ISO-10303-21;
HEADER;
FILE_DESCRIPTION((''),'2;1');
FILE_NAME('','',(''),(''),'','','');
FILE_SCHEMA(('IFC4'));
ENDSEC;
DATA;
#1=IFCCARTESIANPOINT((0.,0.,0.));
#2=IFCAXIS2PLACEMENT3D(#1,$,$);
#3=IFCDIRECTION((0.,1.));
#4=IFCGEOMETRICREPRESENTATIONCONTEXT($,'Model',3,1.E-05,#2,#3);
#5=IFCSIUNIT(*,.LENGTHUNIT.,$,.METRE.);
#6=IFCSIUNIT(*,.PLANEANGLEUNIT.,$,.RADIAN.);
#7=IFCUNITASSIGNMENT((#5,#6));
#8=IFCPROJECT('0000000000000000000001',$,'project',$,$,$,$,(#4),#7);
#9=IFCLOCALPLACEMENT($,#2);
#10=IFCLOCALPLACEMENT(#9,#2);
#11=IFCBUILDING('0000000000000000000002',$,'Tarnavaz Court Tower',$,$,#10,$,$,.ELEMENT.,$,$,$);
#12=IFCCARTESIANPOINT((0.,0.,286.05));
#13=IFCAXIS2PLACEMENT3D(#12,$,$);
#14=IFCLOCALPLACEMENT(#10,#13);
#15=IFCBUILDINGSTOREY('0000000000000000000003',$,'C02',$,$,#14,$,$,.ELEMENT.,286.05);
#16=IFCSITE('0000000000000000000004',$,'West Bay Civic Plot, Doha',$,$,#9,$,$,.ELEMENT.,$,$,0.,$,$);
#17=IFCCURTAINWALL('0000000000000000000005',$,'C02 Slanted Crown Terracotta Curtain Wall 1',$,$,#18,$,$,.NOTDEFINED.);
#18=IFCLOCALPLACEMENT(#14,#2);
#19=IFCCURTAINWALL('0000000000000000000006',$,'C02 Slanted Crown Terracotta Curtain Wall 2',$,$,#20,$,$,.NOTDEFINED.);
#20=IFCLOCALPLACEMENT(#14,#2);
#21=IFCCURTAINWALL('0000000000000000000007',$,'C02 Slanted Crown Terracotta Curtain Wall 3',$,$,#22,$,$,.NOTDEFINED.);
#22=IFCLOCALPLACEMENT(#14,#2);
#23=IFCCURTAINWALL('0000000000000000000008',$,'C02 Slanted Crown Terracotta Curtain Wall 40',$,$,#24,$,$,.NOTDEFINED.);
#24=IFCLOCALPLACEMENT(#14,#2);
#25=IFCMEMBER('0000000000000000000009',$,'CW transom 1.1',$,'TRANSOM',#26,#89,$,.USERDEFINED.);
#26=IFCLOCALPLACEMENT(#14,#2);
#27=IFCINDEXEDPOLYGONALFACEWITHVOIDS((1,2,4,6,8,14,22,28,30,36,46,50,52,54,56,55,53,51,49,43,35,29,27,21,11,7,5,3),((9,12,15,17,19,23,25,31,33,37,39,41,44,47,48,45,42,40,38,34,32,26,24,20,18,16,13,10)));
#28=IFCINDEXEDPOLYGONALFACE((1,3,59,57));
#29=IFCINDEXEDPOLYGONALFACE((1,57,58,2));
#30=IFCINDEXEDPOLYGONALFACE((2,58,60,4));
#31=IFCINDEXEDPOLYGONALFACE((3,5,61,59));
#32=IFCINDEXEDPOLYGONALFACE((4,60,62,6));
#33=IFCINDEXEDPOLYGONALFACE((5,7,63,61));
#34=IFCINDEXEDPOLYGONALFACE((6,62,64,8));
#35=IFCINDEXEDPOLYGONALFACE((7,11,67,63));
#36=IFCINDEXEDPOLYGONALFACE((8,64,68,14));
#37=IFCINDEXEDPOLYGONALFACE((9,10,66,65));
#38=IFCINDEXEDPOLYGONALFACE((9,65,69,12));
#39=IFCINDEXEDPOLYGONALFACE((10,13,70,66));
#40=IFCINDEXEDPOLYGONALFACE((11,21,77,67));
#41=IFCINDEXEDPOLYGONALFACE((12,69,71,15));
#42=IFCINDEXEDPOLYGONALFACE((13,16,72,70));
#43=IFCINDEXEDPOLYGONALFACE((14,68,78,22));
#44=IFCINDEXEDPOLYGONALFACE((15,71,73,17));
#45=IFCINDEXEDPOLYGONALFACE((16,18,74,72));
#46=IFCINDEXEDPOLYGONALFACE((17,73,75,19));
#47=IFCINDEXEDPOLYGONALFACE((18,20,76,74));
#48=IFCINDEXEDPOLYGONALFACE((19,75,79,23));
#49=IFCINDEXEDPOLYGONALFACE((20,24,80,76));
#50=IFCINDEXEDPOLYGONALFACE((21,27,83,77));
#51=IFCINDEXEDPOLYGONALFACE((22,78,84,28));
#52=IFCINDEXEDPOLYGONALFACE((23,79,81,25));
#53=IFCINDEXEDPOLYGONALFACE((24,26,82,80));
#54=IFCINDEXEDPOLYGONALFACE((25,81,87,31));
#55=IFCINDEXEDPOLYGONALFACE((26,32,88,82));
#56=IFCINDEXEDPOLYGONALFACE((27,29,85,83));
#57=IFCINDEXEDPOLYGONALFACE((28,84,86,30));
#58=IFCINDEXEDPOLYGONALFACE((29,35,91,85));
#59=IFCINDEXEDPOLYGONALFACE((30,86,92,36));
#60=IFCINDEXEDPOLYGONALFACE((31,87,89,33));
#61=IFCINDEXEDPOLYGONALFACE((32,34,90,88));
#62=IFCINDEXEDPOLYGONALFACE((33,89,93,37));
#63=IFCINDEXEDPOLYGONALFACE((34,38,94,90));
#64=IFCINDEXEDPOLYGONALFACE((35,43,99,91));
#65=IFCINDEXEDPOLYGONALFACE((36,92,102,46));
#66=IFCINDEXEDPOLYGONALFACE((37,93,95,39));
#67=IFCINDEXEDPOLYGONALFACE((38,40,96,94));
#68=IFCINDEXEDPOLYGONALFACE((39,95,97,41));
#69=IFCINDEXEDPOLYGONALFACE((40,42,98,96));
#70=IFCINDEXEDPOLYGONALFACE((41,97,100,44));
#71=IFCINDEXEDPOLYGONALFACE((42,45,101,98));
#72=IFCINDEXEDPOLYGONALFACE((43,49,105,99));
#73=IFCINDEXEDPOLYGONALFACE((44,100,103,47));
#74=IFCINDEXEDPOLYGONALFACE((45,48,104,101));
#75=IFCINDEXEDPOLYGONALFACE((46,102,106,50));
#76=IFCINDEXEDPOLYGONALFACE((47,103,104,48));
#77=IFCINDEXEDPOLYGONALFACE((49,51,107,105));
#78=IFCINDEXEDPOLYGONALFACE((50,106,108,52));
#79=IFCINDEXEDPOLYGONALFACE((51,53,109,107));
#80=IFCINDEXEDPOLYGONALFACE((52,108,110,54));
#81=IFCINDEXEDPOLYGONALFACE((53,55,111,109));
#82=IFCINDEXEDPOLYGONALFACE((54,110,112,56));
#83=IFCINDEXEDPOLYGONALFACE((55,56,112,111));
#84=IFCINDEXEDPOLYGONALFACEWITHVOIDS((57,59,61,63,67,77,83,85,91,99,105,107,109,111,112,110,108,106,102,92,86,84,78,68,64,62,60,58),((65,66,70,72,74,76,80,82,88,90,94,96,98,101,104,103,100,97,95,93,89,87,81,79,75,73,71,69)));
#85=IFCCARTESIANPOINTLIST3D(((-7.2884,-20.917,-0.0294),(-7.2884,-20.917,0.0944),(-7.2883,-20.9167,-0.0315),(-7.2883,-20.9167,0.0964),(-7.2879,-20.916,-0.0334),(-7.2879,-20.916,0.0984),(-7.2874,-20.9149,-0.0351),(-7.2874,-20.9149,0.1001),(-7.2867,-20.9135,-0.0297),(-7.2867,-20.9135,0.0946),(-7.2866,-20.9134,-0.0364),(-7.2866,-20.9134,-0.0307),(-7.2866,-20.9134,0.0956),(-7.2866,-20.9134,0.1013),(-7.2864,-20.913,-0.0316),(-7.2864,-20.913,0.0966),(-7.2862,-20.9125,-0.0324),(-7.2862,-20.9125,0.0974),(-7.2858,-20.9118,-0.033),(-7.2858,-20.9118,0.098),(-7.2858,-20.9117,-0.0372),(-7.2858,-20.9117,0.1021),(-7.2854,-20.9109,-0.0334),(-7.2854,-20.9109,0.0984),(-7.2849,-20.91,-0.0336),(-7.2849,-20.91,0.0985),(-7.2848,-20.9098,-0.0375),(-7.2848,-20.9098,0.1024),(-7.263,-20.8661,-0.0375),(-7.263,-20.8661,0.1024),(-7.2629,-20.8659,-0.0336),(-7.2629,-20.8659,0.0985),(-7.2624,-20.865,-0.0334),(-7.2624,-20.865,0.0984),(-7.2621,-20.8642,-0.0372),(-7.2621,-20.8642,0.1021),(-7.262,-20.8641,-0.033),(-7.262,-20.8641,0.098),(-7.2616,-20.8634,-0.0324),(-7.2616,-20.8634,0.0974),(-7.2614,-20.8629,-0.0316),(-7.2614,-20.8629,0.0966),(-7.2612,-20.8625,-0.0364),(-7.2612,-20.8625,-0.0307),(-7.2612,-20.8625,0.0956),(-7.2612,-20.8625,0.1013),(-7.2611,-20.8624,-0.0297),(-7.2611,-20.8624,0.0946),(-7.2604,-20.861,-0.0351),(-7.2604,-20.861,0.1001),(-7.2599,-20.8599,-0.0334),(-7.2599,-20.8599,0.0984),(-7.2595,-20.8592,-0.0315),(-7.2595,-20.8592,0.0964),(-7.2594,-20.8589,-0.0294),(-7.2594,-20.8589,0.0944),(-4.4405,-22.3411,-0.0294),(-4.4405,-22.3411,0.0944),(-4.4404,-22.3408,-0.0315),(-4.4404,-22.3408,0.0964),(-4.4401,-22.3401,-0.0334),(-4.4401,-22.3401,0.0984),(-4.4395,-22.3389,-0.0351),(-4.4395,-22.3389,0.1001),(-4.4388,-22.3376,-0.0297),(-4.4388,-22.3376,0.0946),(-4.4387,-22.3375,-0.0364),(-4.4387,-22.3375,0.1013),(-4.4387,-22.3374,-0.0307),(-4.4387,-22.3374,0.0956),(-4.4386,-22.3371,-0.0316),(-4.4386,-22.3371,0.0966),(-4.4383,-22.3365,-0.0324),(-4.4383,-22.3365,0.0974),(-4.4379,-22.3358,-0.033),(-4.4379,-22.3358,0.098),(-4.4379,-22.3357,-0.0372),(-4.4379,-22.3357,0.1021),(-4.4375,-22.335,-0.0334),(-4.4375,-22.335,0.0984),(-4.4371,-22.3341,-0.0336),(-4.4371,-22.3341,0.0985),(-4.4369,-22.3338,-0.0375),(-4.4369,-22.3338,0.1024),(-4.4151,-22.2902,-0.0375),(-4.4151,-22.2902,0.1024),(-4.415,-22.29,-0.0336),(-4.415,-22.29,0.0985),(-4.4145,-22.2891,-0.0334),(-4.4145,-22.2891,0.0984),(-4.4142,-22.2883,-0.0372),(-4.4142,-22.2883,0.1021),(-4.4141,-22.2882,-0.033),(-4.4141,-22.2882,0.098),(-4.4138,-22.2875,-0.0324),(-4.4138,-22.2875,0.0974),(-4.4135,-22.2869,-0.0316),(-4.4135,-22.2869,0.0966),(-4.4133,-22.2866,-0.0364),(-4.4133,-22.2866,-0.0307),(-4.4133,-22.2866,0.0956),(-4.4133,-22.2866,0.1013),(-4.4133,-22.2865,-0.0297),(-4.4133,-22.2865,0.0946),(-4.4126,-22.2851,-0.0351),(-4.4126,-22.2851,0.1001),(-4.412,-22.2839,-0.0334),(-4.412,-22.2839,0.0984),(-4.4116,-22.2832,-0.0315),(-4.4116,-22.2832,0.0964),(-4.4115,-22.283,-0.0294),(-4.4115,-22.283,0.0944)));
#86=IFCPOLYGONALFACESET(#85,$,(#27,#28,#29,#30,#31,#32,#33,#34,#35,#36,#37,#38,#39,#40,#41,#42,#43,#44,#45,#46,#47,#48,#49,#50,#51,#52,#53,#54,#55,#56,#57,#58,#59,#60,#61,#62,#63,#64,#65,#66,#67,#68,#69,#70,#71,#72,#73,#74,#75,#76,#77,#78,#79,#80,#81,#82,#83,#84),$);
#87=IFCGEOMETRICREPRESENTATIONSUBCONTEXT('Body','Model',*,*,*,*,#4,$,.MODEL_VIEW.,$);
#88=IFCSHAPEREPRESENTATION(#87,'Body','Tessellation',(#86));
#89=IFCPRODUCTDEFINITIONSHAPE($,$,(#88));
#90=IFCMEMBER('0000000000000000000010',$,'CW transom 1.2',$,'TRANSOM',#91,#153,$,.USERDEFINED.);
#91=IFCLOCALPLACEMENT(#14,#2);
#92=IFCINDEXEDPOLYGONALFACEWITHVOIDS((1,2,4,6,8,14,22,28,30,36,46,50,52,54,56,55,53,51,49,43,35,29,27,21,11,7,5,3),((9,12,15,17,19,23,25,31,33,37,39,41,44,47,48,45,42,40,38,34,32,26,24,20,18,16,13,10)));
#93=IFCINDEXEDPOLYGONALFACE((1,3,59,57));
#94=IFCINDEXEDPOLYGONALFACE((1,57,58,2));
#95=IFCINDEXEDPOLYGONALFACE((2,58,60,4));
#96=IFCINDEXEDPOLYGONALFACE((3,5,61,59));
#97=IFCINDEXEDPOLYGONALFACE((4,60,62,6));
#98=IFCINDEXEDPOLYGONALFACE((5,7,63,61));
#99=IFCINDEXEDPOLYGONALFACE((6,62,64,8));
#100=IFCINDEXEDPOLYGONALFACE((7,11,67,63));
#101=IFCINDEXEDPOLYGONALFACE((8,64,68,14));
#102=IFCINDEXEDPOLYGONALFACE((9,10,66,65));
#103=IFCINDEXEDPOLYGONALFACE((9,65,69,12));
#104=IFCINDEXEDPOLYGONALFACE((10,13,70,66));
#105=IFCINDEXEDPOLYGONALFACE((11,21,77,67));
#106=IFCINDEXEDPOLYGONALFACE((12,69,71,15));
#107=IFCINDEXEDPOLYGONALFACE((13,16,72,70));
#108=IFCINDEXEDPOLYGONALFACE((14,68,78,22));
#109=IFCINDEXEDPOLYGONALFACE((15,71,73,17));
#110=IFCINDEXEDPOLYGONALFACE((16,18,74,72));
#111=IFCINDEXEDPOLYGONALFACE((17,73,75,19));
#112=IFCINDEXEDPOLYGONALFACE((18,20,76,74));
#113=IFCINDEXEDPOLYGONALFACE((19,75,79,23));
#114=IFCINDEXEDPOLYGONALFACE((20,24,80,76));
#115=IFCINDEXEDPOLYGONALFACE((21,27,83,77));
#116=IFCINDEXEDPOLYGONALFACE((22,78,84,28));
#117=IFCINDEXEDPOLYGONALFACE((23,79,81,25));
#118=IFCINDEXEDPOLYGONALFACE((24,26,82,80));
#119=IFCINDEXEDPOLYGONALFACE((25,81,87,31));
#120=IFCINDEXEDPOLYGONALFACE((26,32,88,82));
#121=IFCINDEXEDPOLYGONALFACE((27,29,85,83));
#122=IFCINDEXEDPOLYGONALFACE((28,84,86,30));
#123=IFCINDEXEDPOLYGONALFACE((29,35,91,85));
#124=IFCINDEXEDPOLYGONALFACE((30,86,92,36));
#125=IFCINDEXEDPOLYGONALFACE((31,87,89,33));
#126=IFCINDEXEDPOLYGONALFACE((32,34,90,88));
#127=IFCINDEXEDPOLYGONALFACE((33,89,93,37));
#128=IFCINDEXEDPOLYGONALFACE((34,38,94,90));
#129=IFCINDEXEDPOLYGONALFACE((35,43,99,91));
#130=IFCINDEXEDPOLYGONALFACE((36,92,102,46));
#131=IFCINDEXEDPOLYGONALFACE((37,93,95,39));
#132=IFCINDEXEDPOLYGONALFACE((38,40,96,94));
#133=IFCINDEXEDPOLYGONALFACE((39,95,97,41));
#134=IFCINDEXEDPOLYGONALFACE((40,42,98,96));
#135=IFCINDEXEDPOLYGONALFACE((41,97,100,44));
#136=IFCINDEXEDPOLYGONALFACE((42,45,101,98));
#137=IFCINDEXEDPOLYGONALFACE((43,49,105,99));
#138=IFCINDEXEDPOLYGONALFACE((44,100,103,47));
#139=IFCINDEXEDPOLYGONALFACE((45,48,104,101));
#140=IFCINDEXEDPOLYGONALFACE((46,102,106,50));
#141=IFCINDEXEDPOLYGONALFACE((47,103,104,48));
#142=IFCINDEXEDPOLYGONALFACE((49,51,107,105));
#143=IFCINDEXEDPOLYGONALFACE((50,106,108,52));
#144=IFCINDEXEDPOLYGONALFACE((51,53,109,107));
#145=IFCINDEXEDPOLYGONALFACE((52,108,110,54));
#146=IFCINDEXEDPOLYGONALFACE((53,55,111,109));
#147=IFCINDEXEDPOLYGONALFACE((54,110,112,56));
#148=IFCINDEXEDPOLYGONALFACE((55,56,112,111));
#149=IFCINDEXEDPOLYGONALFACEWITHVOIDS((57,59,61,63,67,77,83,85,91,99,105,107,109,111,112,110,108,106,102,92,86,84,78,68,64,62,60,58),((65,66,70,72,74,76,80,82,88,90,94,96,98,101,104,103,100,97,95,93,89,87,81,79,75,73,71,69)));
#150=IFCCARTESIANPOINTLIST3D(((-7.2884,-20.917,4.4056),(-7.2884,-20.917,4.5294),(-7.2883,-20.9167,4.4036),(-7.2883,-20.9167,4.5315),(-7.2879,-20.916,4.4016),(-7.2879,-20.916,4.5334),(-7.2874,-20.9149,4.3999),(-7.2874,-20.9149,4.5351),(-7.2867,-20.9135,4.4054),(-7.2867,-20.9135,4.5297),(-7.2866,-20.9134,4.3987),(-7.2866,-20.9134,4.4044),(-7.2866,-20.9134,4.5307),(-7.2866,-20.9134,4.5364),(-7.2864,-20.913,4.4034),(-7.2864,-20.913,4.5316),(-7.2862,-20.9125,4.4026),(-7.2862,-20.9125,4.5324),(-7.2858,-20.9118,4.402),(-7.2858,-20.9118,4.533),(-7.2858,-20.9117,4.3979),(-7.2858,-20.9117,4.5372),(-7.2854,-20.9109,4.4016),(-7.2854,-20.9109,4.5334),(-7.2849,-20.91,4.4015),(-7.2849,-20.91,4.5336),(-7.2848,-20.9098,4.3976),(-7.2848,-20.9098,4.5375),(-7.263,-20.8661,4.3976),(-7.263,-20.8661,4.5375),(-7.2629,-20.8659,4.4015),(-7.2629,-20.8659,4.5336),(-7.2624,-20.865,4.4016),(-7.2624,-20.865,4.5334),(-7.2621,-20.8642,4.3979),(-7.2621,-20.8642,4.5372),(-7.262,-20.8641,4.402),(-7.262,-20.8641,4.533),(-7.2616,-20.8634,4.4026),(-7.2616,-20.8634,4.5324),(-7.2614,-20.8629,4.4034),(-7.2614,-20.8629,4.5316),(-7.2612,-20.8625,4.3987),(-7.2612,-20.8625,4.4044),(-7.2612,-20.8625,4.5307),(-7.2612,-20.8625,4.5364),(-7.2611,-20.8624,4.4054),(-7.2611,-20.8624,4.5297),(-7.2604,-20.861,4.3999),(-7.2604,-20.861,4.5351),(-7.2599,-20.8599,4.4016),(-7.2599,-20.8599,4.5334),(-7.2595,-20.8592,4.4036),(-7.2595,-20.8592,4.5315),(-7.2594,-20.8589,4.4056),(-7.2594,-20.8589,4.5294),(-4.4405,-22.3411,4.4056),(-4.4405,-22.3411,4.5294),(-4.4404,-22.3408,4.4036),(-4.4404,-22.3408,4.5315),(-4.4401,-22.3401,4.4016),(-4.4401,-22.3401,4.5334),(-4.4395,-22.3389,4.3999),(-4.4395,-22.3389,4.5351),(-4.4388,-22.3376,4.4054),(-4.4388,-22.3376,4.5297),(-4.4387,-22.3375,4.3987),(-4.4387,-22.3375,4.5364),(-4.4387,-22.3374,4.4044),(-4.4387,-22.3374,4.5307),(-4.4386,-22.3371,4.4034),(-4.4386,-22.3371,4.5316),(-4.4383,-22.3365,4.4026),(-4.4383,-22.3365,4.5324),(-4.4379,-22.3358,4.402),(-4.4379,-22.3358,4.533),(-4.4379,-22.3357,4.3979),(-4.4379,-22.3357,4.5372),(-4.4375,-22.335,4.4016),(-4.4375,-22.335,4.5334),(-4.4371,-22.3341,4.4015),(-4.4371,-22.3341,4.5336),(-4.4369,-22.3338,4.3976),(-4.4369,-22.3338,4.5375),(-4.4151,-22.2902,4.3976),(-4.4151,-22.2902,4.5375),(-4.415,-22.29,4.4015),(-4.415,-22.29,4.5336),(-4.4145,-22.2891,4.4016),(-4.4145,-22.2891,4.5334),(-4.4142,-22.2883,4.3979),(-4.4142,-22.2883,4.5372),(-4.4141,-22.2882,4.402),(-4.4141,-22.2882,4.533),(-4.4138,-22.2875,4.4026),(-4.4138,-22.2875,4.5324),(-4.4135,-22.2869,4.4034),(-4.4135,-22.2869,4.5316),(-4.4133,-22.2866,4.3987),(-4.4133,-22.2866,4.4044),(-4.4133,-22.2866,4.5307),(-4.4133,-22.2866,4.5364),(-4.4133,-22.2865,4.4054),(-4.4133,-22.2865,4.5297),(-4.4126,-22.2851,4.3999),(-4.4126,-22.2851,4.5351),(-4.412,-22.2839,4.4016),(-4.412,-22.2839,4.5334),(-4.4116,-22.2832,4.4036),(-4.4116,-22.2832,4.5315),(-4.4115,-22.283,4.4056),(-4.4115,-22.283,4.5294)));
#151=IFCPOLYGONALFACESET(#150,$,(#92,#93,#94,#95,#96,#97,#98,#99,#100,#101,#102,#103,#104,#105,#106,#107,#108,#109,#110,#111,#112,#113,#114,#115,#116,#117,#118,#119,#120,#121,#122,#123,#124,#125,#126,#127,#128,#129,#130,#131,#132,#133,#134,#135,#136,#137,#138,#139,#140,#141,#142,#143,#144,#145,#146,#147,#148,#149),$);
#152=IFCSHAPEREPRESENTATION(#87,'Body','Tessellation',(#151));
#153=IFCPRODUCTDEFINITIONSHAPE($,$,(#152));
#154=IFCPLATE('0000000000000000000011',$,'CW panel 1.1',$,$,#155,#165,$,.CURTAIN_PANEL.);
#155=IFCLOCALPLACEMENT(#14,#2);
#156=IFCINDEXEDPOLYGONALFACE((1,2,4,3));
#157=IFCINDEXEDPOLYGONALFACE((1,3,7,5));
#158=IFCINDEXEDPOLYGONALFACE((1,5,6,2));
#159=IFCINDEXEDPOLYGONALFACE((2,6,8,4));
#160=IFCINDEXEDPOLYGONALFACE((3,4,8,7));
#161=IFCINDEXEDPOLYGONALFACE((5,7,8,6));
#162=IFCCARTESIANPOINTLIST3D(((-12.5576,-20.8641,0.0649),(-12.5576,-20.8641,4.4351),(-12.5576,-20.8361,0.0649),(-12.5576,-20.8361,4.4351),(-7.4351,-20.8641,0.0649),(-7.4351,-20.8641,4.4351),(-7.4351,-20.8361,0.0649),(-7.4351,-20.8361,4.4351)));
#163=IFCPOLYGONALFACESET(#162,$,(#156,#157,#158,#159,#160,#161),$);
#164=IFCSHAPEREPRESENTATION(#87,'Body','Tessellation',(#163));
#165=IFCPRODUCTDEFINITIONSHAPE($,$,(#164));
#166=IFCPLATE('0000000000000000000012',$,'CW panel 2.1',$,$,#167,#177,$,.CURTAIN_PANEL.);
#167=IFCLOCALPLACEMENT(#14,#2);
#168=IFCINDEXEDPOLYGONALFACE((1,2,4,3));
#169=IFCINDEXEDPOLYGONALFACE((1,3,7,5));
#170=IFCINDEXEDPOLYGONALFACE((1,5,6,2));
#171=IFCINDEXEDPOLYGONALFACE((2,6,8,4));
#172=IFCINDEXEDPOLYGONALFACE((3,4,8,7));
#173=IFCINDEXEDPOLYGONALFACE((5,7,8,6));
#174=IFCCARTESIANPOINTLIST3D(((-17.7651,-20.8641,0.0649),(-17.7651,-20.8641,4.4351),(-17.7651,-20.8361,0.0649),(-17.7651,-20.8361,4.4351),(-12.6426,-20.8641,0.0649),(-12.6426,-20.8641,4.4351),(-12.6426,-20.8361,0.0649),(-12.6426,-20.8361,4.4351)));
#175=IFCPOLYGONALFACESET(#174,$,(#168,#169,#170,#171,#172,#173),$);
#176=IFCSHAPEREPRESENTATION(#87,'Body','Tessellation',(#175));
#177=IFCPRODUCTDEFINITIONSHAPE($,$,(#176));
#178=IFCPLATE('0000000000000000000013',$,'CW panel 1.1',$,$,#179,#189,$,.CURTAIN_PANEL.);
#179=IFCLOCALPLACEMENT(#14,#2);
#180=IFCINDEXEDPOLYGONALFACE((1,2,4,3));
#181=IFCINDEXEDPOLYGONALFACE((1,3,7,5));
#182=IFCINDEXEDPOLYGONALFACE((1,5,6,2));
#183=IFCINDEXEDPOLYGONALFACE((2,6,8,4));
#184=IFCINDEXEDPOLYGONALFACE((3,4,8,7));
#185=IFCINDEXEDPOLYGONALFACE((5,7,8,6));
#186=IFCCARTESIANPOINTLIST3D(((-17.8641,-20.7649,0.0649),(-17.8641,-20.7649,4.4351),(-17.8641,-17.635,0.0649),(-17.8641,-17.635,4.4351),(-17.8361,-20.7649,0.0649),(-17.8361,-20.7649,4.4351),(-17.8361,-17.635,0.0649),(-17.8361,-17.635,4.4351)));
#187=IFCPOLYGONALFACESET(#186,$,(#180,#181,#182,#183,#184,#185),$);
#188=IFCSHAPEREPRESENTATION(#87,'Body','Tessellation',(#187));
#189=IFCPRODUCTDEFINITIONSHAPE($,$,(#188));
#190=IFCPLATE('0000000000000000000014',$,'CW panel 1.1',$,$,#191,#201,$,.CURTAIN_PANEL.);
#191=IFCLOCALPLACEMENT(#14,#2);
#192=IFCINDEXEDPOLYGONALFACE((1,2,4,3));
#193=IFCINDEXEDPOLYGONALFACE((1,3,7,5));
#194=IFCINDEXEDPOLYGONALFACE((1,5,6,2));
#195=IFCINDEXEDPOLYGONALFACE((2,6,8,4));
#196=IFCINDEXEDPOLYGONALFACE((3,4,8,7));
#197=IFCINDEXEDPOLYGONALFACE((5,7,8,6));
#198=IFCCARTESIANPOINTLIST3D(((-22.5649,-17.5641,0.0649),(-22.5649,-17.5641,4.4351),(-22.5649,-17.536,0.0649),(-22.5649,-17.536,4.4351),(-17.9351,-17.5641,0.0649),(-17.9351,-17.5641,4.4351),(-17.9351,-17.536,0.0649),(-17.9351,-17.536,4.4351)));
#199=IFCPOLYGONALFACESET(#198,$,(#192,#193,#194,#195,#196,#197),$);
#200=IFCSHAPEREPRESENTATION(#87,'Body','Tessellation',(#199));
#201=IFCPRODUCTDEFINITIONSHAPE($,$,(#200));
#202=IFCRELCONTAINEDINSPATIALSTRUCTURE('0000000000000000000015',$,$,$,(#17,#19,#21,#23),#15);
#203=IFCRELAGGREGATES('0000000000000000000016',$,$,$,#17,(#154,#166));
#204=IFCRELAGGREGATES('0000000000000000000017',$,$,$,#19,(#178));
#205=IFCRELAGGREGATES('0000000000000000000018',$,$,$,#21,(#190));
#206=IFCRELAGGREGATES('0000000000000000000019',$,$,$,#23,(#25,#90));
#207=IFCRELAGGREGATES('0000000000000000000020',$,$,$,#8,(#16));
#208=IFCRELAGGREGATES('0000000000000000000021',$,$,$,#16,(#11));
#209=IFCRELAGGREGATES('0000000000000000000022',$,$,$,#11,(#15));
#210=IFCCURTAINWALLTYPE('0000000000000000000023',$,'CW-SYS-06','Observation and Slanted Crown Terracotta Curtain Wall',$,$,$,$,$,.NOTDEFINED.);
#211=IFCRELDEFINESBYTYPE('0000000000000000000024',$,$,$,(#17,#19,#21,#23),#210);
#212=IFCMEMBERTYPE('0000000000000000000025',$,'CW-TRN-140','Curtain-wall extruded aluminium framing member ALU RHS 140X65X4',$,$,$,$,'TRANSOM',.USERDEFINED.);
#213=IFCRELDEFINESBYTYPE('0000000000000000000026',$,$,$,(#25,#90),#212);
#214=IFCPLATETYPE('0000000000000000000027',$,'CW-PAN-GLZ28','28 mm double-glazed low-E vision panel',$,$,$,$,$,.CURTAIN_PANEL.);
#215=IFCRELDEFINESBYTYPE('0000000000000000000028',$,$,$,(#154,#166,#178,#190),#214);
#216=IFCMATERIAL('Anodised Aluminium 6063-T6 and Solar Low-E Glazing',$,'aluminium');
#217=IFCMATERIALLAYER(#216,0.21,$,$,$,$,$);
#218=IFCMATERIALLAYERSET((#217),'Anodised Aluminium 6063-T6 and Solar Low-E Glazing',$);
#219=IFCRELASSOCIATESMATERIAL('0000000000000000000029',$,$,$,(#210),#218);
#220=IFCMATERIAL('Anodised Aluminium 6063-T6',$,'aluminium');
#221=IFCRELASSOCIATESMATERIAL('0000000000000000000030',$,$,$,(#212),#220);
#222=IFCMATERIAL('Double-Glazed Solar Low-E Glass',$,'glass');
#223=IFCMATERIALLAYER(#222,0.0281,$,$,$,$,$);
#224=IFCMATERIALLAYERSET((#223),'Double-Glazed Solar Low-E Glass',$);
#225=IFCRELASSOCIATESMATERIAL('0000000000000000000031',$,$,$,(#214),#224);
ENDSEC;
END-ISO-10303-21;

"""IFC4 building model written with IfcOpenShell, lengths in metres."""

from ifc_helpers import new_model, si_unit, direction, frame, origin, origin_2d, place, context, subcontext, project, spatial, rectangle, hollow_rectangle, extrude, material, layer, layer_set, material_profile, profile_set, type_object, element, aggregate, save


model = new_model("IFC4")

# Units and contexts
model_context = context("Model", 3, precision=1e-05, world=origin(), true_north=direction((0.0, 1.0)))
body_context = subcontext(model_context, "Body", "Model", "MODEL_VIEW")
ifc_project = project(units=[si_unit("LENGTHUNIT", "METRE"), si_unit("PLANEANGLEUNIT", "RADIAN")], contexts=[model_context])

# Site, building, storey
site_placement = place(None, origin())
site = spatial("IfcSite", under=ifc_project, at=site_placement, Name="West Bay Civic Plot, Doha", CompositionType="ELEMENT", RefElevation=0.0)
building_placement = place(site_placement, origin())
building = spatial("IfcBuilding", under=site, at=building_placement, Name="Tarnavaz Court Tower", CompositionType="ELEMENT")
storey_placement = place(building_placement, frame((0.0, 0.0, 286.05)))
storey = spatial("IfcBuildingStorey", under=building, at=storey_placement, Name="C02", CompositionType="ELEMENT", Elevation=286.05)

# Curtain walls
ifc_material_1 = material(Name="Anodised Aluminium 6063-T6 and Solar Low-E Glazing", Category="aluminium")
ifc_layer_1 = layer(ifc_material_1, 0.21)
ifc_layer_set_1 = layer_set([ifc_layer_1], Name="Anodised Aluminium 6063-T6 and Solar Low-E Glazing")
curtain_wall_type = type_object("IfcCurtainWallType", Name="CW-SYS-06", Description="Observation and Slanted Crown Terracotta Curtain Wall", PredefinedType="NOTDEFINED", material=ifc_layer_set_1)
curtain_wall_1_placement = place(storey_placement, origin())
curtain_wall_1 = element("IfcCurtainWall", 1, at=curtain_wall_1_placement, inside=storey, type_object=curtain_wall_type, Name="C02 Slanted Crown Terracotta Curtain Wall 1", PredefinedType="NOTDEFINED")
ifc_material_2 = material(Name="Anodised Aluminium 6063-T6", Category="aluminium")
curtain_wall_2_placement = place(storey_placement, origin())
curtain_wall_2 = element("IfcCurtainWall", 2, at=curtain_wall_2_placement, inside=storey, type_object=curtain_wall_type, Name="C02 Slanted Crown Terracotta Curtain Wall 2", PredefinedType="NOTDEFINED")
curtain_wall_3_placement = place(storey_placement, origin())
curtain_wall_3 = element("IfcCurtainWall", 3, at=curtain_wall_3_placement, inside=storey, type_object=curtain_wall_type, Name="C02 Slanted Crown Terracotta Curtain Wall 3", PredefinedType="NOTDEFINED")

# Curtain wall
curtain_wall_4_placement = place(storey_placement, origin())
curtain_wall_4 = element("IfcCurtainWall", 4, at=curtain_wall_4_placement, inside=storey, type_object=curtain_wall_type, Name="C02 Slanted Crown Terracotta Curtain Wall 40", PredefinedType="NOTDEFINED")

# Members
ifc_material_profile_1 = material_profile(ifc_material_2, hollow_rectangle(XDim=0.0649, YDim=0.1399, WallThickness=0.0039, InnerFilletRadius=0.0039, OuterFilletRadius=0.0081, at=origin_2d()), Name="ALU RHS 140X65X4")
ifc_profile_set_1 = profile_set([ifc_material_profile_1], Name="Anodised Aluminium 6063-T6")
member_type_1 = type_object("IfcMemberType", Name="CW-TRN-140", Description="Curtain-wall extruded aluminium framing member ALU RHS 140X65X4", ElementType="TRANSOM", PredefinedType="USERDEFINED", material=ifc_profile_set_1)
member_1_placement = place(storey_placement, frame((-4.426, -22.312, 0.0325), z_axis=(-0.894412, 0.447244, 0.0), x_axis=(-0.447244, -0.894412, 0.0)))
member_1 = element("IfcMember", 5, at=member_1_placement, type_object=member_type_1, Name="CW transom 1.1", ObjectType="TRANSOM", PredefinedType="USERDEFINED", context=body_context, shape_type="SweptSolid", body=[
    extrude(hollow_rectangle(XDim=0.0649, YDim=0.1399, WallThickness=0.0039, InnerFilletRadius=0.0039, OuterFilletRadius=0.0081, at=origin_2d()), origin(), (0.0, 0.0, 1.0), 3.1841),
])
member_2_placement = place(storey_placement, frame((-4.426, -22.312, 4.4675), z_axis=(-0.894412, 0.447244, 0.0), x_axis=(-0.447244, -0.894412, 0.0)))
member_2 = element("IfcMember", 6, at=member_2_placement, type_object=member_type_1, Name="CW transom 1.2", ObjectType="TRANSOM", PredefinedType="USERDEFINED", context=body_context, shape_type="SweptSolid", body=[
    extrude(hollow_rectangle(XDim=0.0649, YDim=0.1399, WallThickness=0.0039, InnerFilletRadius=0.0039, OuterFilletRadius=0.0081, at=origin_2d()), origin(), (0.0, 0.0, 1.0), 3.1841),
])

# Plates
ifc_material_3 = material(Name="Double-Glazed Solar Low-E Glass", Category="glass")
ifc_layer_2 = layer(ifc_material_3, 0.0281)
ifc_layer_set_2 = layer_set([ifc_layer_2], Name="Double-Glazed Solar Low-E Glass")
plate_type = type_object("IfcPlateType", Name="CW-PAN-GLZ28", Description="28 mm double-glazed low-E vision panel", PredefinedType="CURTAIN_PANEL", material=ifc_layer_set_2)
plate_1_placement = place(storey_placement, frame((-9.9963, -20.8501, 0.0649), z_axis=(0.0, 0.0, 1.0), x_axis=(-1.0, 0.0, 0.0)))
plate_1 = element("IfcPlate", 7, at=plate_1_placement, type_object=plate_type, Name="CW panel 1.1", PredefinedType="CURTAIN_PANEL", context=body_context, shape_type="SweptSolid", body=[
    extrude(rectangle(XDim=5.1226, YDim=0.0281, at=origin_2d()), origin(), (0.0, 0.0, 1.0), 4.3701),
])
plate_2_placement = place(storey_placement, frame((-15.2039, -20.8501, 0.0649), z_axis=(0.0, 0.0, 1.0), x_axis=(-1.0, 0.0, 0.0)))
plate_2 = element("IfcPlate", 8, at=plate_2_placement, type_object=plate_type, Name="CW panel 2.1", PredefinedType="CURTAIN_PANEL", context=body_context, shape_type="SweptSolid", body=[
    extrude(rectangle(XDim=5.1226, YDim=0.0281, at=origin_2d()), origin(), (0.0, 0.0, 1.0), 4.3701),
])
aggregate(curtain_wall_1, [plate_1, plate_2])
plate_3_placement = place(storey_placement, frame((-17.8501, -19.2, 0.0649), z_axis=(0.0, 0.0, 1.0), x_axis=(0.0, 1.0, 0.0)))
plate_3 = element("IfcPlate", 9, at=plate_3_placement, type_object=plate_type, Name="CW panel 1.1", PredefinedType="CURTAIN_PANEL", context=body_context, shape_type="SweptSolid", body=[
    extrude(rectangle(XDim=3.1299, YDim=0.0281, at=origin_2d()), origin(), (0.0, 0.0, 1.0), 4.3701),
])
aggregate(curtain_wall_2, [plate_3])
plate_4_placement = place(storey_placement, frame((-20.25, -17.55, 0.0649), z_axis=(0.0, 0.0, 1.0), x_axis=(-1.0, 0.0, 0.0)))
plate_4 = element("IfcPlate", 10, at=plate_4_placement, type_object=plate_type, Name="CW panel 1.1", PredefinedType="CURTAIN_PANEL", context=body_context, shape_type="SweptSolid", body=[
    extrude(rectangle(XDim=4.6299, YDim=0.0281, at=origin_2d()), origin(), (0.0, 0.0, 1.0), 4.3701),
])
aggregate(curtain_wall_3, [plate_4])
aggregate(curtain_wall_4, [member_1, member_2])

save(model, "model.ifc")
